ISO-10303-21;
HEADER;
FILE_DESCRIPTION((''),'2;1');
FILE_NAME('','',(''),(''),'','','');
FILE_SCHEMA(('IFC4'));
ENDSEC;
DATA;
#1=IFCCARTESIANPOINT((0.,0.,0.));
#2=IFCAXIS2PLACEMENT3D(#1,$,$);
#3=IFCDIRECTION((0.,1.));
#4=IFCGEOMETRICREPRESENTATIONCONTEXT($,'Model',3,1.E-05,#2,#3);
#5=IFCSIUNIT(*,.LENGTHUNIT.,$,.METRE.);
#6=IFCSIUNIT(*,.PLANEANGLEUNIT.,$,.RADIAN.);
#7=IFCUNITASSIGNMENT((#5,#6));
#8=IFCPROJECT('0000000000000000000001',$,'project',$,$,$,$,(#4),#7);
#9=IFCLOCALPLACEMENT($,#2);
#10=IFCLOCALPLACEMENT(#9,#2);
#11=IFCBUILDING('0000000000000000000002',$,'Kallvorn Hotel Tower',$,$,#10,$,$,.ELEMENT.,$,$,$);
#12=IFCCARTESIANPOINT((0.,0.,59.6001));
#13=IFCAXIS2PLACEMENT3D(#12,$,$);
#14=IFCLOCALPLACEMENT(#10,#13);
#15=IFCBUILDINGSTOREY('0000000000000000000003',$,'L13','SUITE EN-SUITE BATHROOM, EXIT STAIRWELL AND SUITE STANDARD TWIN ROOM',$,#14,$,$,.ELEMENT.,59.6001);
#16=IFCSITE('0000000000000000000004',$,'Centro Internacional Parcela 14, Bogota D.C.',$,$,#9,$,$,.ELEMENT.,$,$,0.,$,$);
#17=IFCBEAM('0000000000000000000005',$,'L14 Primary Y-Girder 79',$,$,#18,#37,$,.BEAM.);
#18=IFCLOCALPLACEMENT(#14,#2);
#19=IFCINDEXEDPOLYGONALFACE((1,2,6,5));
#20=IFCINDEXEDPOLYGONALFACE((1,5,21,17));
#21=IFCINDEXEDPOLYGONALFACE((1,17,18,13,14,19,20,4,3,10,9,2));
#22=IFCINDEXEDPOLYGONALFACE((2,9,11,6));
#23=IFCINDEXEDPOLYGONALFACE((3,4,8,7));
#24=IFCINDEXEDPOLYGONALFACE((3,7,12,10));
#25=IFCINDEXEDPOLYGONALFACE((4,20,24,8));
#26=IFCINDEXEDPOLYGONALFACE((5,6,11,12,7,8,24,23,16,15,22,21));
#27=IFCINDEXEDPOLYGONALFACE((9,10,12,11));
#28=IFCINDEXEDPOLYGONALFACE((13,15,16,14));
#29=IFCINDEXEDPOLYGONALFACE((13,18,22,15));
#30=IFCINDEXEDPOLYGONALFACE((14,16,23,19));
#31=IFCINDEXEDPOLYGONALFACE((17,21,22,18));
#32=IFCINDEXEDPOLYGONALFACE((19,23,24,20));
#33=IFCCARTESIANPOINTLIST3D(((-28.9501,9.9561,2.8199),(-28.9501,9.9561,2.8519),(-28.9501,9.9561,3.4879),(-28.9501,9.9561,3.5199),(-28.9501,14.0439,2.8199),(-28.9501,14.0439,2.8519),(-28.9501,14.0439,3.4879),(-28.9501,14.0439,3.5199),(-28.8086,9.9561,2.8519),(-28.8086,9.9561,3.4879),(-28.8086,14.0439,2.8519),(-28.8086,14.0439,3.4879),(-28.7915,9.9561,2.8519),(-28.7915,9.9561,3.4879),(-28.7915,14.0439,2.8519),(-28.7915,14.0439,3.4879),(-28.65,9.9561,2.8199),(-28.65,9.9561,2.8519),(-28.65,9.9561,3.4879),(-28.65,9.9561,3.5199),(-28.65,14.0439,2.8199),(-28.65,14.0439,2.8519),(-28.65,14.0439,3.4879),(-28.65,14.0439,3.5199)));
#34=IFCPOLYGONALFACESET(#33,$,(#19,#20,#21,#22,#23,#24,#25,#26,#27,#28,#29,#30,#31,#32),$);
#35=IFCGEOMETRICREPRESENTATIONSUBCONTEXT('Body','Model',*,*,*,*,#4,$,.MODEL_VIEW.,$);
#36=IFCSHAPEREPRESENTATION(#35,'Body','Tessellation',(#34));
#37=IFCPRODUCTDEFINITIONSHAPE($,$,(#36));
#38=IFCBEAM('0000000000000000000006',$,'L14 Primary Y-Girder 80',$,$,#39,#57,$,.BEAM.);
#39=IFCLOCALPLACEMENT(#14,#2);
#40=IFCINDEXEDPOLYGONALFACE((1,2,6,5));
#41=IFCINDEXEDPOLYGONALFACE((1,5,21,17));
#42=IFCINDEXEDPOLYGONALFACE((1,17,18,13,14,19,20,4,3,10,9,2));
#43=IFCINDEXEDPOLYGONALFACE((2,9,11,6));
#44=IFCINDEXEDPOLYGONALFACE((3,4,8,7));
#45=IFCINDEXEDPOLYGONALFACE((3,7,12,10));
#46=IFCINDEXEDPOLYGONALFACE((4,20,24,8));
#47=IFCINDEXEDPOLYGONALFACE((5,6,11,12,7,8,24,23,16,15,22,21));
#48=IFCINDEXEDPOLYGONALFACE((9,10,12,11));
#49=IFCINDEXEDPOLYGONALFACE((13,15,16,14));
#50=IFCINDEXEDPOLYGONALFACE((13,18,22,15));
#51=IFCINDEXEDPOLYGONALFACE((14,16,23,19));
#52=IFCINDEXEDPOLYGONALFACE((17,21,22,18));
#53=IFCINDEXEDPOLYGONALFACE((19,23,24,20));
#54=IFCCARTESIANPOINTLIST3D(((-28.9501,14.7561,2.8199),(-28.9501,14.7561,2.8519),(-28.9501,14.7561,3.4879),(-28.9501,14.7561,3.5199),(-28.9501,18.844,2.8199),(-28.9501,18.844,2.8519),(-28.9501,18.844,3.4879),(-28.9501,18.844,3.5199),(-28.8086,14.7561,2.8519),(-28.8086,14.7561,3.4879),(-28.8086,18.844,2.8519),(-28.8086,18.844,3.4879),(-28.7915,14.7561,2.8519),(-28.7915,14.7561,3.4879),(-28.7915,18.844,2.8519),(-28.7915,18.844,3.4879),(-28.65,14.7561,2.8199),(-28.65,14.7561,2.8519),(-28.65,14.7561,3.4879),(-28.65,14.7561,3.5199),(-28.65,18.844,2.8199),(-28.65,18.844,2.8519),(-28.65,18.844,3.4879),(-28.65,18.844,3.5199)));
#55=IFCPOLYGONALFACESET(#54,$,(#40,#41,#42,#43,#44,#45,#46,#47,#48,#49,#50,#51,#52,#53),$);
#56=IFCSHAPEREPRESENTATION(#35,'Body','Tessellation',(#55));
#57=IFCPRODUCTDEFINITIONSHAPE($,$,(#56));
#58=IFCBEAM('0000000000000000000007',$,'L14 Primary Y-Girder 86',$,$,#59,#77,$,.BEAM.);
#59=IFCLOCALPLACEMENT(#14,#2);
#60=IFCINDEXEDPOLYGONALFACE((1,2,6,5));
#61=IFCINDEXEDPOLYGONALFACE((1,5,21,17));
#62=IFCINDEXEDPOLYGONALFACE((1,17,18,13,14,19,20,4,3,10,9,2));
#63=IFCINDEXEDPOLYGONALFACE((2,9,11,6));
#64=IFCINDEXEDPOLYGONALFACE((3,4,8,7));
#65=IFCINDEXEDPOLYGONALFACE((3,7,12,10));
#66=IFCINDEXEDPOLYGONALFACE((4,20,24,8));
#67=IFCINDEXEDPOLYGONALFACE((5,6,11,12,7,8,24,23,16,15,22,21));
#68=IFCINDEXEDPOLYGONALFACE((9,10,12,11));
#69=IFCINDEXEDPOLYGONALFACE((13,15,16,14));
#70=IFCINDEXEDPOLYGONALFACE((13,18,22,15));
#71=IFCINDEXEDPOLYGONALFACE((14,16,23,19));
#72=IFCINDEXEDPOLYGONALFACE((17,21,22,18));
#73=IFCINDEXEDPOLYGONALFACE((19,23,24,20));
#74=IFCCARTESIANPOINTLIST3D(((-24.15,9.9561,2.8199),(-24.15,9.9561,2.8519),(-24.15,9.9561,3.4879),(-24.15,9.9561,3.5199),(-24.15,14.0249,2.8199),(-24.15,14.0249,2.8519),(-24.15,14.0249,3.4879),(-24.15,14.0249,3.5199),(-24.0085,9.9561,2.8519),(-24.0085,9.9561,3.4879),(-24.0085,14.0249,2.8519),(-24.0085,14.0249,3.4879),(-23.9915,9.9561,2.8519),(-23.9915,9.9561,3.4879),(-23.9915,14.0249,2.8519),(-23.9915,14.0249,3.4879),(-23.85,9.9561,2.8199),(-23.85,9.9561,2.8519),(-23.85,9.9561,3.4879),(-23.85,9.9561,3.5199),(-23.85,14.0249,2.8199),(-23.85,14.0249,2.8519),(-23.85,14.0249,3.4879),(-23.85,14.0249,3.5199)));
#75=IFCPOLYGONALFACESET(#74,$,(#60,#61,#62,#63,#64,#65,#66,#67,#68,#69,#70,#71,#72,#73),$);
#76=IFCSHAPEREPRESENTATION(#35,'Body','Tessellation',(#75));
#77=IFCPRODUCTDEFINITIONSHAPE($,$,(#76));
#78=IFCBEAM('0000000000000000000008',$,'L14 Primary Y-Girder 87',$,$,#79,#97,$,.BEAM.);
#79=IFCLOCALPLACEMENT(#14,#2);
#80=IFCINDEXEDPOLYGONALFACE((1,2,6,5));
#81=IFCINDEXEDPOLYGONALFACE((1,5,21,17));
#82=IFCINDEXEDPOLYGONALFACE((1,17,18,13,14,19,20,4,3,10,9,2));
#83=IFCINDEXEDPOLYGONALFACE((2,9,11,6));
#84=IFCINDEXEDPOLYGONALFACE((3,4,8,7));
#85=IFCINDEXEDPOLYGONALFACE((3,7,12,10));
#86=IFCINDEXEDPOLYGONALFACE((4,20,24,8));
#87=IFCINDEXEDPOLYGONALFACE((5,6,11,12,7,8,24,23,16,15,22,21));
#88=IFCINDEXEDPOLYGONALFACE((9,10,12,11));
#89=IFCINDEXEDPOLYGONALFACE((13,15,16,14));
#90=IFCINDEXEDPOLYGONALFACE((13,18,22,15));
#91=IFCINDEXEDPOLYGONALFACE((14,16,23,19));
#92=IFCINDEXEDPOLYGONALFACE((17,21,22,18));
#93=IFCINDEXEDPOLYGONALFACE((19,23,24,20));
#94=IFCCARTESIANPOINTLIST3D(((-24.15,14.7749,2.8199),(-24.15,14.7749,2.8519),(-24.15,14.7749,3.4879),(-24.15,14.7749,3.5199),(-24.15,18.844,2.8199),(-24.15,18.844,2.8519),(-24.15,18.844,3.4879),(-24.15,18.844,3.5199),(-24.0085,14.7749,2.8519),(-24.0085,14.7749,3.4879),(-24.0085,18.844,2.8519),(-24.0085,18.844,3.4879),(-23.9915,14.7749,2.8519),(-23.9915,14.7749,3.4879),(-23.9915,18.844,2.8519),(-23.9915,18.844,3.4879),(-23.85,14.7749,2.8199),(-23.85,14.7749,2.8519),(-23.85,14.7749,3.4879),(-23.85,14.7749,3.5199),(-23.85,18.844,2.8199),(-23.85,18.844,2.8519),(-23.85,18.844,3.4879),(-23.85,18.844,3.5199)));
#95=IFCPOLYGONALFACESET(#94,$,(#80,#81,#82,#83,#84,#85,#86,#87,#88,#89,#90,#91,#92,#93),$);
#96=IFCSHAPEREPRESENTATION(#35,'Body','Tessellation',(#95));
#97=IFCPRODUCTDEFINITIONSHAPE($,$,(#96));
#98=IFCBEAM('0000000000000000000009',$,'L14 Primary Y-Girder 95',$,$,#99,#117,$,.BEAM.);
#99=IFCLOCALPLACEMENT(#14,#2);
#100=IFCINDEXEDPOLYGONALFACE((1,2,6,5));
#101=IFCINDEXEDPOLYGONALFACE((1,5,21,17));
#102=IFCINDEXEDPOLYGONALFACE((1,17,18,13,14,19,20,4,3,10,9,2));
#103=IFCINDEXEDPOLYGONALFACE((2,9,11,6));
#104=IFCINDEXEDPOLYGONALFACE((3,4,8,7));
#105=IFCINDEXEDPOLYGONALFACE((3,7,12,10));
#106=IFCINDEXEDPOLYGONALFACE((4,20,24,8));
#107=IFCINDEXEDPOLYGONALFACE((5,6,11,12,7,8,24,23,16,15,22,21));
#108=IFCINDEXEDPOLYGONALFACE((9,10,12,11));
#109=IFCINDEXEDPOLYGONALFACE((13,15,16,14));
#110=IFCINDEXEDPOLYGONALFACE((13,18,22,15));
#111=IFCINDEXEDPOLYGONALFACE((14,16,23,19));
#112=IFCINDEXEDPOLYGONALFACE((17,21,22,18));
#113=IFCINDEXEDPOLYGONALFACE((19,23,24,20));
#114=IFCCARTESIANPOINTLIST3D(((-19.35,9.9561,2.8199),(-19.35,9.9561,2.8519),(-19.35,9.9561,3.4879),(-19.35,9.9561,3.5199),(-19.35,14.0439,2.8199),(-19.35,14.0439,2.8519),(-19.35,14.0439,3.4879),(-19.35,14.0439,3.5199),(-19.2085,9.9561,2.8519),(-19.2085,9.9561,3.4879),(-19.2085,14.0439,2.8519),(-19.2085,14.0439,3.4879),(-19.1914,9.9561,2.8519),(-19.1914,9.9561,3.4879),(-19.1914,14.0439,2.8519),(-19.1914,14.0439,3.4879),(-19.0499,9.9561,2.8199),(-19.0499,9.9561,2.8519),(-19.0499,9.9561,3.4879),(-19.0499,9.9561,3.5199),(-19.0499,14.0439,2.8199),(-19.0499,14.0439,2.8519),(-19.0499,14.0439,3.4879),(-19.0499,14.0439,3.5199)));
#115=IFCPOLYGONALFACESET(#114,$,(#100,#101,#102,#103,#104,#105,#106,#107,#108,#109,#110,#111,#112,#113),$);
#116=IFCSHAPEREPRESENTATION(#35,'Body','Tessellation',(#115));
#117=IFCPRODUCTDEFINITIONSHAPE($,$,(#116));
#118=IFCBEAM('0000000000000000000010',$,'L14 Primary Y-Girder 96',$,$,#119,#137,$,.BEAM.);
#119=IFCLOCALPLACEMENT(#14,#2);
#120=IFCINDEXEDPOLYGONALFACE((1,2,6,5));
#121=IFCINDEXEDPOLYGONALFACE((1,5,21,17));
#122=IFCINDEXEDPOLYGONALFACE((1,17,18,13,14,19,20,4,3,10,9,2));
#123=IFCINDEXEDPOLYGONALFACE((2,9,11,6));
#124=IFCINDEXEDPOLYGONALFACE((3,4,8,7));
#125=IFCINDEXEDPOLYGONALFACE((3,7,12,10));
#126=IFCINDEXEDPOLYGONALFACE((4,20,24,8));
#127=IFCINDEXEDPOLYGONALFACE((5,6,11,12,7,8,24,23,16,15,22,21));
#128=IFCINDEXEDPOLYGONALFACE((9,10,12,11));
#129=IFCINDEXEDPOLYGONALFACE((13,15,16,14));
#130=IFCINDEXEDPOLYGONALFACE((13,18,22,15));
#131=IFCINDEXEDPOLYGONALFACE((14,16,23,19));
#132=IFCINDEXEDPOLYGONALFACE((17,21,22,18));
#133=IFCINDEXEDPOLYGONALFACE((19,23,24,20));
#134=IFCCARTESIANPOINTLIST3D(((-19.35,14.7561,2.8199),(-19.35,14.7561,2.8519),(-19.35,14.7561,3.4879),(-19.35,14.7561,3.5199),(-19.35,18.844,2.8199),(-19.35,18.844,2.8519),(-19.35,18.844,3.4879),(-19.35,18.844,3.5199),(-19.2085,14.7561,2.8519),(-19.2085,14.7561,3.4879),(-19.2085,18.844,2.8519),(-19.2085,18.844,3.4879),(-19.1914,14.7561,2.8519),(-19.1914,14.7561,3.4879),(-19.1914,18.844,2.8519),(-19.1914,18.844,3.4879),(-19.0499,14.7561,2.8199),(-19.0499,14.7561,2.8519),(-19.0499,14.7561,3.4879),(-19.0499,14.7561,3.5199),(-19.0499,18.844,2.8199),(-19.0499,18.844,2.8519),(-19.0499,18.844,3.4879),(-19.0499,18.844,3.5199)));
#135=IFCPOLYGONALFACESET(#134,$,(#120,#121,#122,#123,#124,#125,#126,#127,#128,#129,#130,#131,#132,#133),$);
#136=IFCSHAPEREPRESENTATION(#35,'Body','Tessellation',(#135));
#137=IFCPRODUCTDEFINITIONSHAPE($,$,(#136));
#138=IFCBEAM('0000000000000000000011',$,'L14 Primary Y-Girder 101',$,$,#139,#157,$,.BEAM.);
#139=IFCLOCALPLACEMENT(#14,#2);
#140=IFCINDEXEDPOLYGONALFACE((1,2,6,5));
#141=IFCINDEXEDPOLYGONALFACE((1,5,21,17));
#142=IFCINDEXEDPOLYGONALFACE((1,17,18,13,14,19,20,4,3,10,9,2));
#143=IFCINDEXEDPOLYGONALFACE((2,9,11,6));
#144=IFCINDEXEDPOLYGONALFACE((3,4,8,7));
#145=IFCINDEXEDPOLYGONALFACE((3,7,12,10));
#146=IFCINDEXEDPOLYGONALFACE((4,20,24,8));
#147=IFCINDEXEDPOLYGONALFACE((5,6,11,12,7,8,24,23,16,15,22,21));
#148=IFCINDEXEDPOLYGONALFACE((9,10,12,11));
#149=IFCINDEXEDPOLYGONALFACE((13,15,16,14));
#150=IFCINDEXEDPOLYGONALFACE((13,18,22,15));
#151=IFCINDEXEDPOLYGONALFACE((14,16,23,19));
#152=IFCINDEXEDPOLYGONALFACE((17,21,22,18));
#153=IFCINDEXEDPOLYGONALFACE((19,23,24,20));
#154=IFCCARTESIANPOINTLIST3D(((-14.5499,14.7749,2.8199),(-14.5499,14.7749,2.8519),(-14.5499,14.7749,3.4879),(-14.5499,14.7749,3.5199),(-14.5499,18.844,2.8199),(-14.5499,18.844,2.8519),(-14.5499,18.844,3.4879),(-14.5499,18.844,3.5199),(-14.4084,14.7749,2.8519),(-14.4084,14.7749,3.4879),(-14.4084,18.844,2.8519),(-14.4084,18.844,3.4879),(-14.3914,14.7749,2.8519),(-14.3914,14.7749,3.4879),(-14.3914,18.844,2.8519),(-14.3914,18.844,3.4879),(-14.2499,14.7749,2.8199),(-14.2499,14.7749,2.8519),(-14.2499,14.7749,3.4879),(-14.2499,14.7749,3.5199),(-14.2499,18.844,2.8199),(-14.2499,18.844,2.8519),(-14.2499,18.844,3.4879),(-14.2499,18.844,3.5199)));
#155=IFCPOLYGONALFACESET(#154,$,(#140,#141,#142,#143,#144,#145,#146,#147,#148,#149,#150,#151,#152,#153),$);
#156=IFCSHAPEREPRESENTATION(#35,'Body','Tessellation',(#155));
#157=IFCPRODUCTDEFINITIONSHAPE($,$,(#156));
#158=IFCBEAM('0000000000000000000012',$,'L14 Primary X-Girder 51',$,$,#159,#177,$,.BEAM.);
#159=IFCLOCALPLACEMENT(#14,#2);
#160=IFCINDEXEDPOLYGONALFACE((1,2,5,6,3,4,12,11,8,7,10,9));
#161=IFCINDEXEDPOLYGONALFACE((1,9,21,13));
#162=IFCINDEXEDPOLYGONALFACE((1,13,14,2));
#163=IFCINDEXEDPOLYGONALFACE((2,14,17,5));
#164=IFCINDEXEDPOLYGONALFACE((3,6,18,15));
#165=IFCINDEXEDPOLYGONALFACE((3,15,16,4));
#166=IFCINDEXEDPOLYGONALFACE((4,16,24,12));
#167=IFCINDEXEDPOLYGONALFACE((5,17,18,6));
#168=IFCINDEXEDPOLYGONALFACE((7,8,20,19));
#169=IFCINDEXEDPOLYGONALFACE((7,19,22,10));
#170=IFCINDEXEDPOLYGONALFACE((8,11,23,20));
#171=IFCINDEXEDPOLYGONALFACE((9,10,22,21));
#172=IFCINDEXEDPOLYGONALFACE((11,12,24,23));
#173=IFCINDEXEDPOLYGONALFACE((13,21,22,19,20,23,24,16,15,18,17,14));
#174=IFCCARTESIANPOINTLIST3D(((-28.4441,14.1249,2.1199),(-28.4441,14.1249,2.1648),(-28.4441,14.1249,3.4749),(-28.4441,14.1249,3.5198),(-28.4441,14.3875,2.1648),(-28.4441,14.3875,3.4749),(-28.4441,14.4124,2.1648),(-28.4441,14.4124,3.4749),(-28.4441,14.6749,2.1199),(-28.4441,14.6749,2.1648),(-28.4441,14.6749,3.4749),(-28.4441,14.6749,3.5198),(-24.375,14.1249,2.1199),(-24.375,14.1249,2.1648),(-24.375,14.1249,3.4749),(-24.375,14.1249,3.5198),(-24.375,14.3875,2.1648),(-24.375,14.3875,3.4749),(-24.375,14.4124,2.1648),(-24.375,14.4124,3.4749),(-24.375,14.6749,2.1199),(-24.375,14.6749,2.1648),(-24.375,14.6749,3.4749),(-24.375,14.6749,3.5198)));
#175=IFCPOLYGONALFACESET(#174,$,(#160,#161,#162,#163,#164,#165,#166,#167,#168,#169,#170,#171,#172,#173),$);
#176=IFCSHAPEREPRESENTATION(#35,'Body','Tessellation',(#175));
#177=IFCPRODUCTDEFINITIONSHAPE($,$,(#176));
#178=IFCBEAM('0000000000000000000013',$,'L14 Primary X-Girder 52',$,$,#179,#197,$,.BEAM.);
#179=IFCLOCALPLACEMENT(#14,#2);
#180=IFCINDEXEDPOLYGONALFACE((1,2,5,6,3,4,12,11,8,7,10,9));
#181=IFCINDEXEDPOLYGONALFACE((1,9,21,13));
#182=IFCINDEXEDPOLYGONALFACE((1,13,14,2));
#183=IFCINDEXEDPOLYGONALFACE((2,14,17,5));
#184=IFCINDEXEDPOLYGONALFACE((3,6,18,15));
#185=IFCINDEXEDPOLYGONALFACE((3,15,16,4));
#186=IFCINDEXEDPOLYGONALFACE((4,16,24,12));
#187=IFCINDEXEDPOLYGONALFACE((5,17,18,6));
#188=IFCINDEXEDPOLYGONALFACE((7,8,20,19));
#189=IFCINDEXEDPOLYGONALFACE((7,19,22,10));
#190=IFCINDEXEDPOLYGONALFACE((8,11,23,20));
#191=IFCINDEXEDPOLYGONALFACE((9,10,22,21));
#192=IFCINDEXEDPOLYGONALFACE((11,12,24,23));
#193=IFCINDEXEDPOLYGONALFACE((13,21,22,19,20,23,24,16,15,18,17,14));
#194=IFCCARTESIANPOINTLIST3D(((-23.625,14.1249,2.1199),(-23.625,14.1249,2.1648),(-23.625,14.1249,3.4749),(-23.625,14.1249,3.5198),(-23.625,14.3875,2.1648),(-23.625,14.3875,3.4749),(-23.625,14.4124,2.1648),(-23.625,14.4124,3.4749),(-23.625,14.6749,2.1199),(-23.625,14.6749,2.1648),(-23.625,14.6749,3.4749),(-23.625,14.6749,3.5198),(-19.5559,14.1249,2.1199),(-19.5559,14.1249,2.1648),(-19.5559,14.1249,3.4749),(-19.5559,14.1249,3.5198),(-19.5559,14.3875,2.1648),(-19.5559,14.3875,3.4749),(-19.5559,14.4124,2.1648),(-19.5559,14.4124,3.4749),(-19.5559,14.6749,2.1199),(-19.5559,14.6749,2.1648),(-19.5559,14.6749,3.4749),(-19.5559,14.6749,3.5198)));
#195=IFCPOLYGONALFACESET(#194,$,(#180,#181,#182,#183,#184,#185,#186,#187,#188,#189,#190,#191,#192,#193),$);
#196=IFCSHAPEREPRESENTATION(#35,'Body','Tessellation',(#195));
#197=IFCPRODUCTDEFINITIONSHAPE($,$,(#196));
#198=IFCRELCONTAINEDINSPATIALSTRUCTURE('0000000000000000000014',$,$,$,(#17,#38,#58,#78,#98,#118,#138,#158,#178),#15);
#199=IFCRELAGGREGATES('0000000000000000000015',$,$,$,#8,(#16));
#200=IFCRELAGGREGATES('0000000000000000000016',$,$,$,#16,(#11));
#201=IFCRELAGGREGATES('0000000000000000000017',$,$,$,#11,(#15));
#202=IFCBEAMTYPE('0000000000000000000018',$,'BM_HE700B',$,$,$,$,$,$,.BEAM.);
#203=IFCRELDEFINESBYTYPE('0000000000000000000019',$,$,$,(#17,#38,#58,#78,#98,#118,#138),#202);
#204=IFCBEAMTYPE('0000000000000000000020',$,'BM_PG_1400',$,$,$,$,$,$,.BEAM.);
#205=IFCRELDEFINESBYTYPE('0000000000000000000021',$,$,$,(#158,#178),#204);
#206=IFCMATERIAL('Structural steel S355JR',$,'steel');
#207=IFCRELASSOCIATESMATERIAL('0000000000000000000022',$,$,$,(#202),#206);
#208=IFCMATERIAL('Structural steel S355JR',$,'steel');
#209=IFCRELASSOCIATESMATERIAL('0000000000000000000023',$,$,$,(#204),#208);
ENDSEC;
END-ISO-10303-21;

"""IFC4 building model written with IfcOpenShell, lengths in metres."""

from ifc_helpers import new_model, si_unit, direction, frame, origin, origin_2d, place, context, subcontext, project, spatial, i_section, extrude, material, material_profile, profile_set, type_object, element, save


model = new_model("IFC4")

# Units and contexts
model_context = context("Model", 3, precision=1e-05, world=origin(), true_north=direction((0.0, 1.0)))
body_context = subcontext(model_context, "Body", "Model", "MODEL_VIEW")
ifc_project = project(units=[si_unit("LENGTHUNIT", "METRE"), si_unit("PLANEANGLEUNIT", "RADIAN")], contexts=[model_context])

# Site, building, storey
site_placement = place(None, origin())
site = spatial("IfcSite", under=ifc_project, at=site_placement, Name="Centro Internacional Parcela 14, Bogota D.C.", CompositionType="ELEMENT", RefElevation=0.0)
building_placement = place(site_placement, origin())
building = spatial("IfcBuilding", under=site, at=building_placement, Name="Kallvorn Hotel Tower", CompositionType="ELEMENT")
storey_placement = place(building_placement, frame((0.0, 0.0, 59.6001)))
storey = spatial("IfcBuildingStorey", under=building, at=storey_placement, Name="L13", Description="SUITE EN-SUITE BATHROOM, EXIT STAIRWELL AND SUITE STANDARD TWIN ROOM", CompositionType="ELEMENT", Elevation=59.6001)

# Beams
ifc_material_1 = material(Name="Structural steel S355JR", Category="steel")
ifc_material_profile_1 = material_profile(ifc_material_1, i_section(OverallWidth=0.3, OverallDepth=0.7, WebThickness=0.0171, FlangeThickness=0.032, at=origin_2d()), Name="HE 700 B")
ifc_profile_set_1 = profile_set([ifc_material_profile_1], Name="Structural steel S355JR")
beam_type_1 = type_object("IfcBeamType", Name="BM_HE700B", PredefinedType="BEAM", material=ifc_profile_set_1)
for number, where, z_axis, x_axis, name in (
    (1, (-28.8, 9.9561, 3.1699), (0.0, 1.0, 0.0), (-1.0, 0.0, 0.0), "L14 Primary Y-Girder 79"),
    (2, (-28.8, 14.7561, 3.1699), (0.0, 1.0, 0.0), (-1.0, 0.0, 0.0), "L14 Primary Y-Girder 80"),
):
    element("IfcBeam", number, at=place(storey_placement, frame(where, z_axis=z_axis, x_axis=x_axis)), inside=storey, type_object=beam_type_1, Name=name, PredefinedType="BEAM", context=body_context, shape_type="SweptSolid", body=[
        extrude(i_section(OverallWidth=0.3, OverallDepth=0.7, WebThickness=0.0171, FlangeThickness=0.032, at=origin_2d()), origin(), (0.0, 0.0, 1.0), 4.0879),
    ])
beam_1_placement = place(storey_placement, frame((-24.0, 9.9561, 3.1699), z_axis=(0.0, 1.0, 0.0), x_axis=(-1.0, 0.0, 0.0)))
element("IfcBeam", 3, at=beam_1_placement, inside=storey, type_object=beam_type_1, Name="L14 Primary Y-Girder 86", PredefinedType="BEAM", context=body_context, shape_type="SweptSolid", body=[
    extrude(i_section(OverallWidth=0.3, OverallDepth=0.7, WebThickness=0.0171, FlangeThickness=0.032, at=origin_2d()), origin(), (0.0, 0.0, 1.0), 4.0688),
])
beam_2_placement = place(storey_placement, frame((-24.0, 14.7749, 3.1699), z_axis=(0.0, 1.0, 0.0), x_axis=(-1.0, 0.0, 0.0)))
element("IfcBeam", 4, at=beam_2_placement, inside=storey, type_object=beam_type_1, Name="L14 Primary Y-Girder 87", PredefinedType="BEAM", context=body_context, shape_type="SweptSolid", body=[
    extrude(i_section(OverallWidth=0.3, OverallDepth=0.7, WebThickness=0.0171, FlangeThickness=0.032, at=origin_2d()), origin(), (0.0, 0.0, 1.0), 4.0691),
])
for number, where, z_axis, x_axis, name in (
    (5, (-19.2, 9.9561, 3.1699), (0.0, 1.0, 0.0), (-1.0, 0.0, 0.0), "L14 Primary Y-Girder 95"),
    (6, (-19.2, 14.7561, 3.1699), (0.0, 1.0, 0.0), (-1.0, 0.0, 0.0), "L14 Primary Y-Girder 96"),
):
    element("IfcBeam", number, at=place(storey_placement, frame(where, z_axis=z_axis, x_axis=x_axis)), inside=storey, type_object=beam_type_1, Name=name, PredefinedType="BEAM", context=body_context, shape_type="SweptSolid", body=[
        extrude(i_section(OverallWidth=0.3, OverallDepth=0.7, WebThickness=0.0171, FlangeThickness=0.032, at=origin_2d()), origin(), (0.0, 0.0, 1.0), 4.0879),
    ])
beam_3_placement = place(storey_placement, frame((-14.3999, 14.7749, 3.1699), z_axis=(0.0, 1.0, 0.0), x_axis=(-1.0, 0.0, 0.0)))
element("IfcBeam", 7, at=beam_3_placement, inside=storey, type_object=beam_type_1, Name="L14 Primary Y-Girder 101", PredefinedType="BEAM", context=body_context, shape_type="SweptSolid", body=[
    extrude(i_section(OverallWidth=0.3, OverallDepth=0.7, WebThickness=0.0171, FlangeThickness=0.032, at=origin_2d()), origin(), (0.0, 0.0, 1.0), 4.0691),
])
ifc_material_2 = material(Name="Structural steel S355JR", Category="steel")
ifc_material_profile_2 = material_profile(ifc_material_2, i_section(OverallWidth=0.55, OverallDepth=1.3999, WebThickness=0.0249, FlangeThickness=0.0449, at=origin_2d()), Name="PG 1400x550x25x45")
ifc_profile_set_2 = profile_set([ifc_material_profile_2], Name="Structural steel S355JR")
beam_type_2 = type_object("IfcBeamType", Name="BM_PG_1400", PredefinedType="BEAM", material=ifc_profile_set_2)
for number, where, z_axis, x_axis, name in (
    (8, (-28.4441, 14.3999, 2.8198), (1.0, 0.0, 0.0), (0.0, 1.0, 0.0), "L14 Primary X-Girder 51"),
    (9, (-23.625, 14.3999, 2.8198), (1.0, 0.0, 0.0), (0.0, 1.0, 0.0), "L14 Primary X-Girder 52"),
):
    element("IfcBeam", number, at=place(storey_placement, frame(where, z_axis=z_axis, x_axis=x_axis)), inside=storey, type_object=beam_type_2, Name=name, PredefinedType="BEAM", context=body_context, shape_type="SweptSolid", body=[
        extrude(i_section(OverallWidth=0.55, OverallDepth=1.3999, WebThickness=0.0249, FlangeThickness=0.0449, at=origin_2d()), origin(), (0.0, 0.0, 1.0), 4.0691),
    ])

save(model, "model.ifc")
